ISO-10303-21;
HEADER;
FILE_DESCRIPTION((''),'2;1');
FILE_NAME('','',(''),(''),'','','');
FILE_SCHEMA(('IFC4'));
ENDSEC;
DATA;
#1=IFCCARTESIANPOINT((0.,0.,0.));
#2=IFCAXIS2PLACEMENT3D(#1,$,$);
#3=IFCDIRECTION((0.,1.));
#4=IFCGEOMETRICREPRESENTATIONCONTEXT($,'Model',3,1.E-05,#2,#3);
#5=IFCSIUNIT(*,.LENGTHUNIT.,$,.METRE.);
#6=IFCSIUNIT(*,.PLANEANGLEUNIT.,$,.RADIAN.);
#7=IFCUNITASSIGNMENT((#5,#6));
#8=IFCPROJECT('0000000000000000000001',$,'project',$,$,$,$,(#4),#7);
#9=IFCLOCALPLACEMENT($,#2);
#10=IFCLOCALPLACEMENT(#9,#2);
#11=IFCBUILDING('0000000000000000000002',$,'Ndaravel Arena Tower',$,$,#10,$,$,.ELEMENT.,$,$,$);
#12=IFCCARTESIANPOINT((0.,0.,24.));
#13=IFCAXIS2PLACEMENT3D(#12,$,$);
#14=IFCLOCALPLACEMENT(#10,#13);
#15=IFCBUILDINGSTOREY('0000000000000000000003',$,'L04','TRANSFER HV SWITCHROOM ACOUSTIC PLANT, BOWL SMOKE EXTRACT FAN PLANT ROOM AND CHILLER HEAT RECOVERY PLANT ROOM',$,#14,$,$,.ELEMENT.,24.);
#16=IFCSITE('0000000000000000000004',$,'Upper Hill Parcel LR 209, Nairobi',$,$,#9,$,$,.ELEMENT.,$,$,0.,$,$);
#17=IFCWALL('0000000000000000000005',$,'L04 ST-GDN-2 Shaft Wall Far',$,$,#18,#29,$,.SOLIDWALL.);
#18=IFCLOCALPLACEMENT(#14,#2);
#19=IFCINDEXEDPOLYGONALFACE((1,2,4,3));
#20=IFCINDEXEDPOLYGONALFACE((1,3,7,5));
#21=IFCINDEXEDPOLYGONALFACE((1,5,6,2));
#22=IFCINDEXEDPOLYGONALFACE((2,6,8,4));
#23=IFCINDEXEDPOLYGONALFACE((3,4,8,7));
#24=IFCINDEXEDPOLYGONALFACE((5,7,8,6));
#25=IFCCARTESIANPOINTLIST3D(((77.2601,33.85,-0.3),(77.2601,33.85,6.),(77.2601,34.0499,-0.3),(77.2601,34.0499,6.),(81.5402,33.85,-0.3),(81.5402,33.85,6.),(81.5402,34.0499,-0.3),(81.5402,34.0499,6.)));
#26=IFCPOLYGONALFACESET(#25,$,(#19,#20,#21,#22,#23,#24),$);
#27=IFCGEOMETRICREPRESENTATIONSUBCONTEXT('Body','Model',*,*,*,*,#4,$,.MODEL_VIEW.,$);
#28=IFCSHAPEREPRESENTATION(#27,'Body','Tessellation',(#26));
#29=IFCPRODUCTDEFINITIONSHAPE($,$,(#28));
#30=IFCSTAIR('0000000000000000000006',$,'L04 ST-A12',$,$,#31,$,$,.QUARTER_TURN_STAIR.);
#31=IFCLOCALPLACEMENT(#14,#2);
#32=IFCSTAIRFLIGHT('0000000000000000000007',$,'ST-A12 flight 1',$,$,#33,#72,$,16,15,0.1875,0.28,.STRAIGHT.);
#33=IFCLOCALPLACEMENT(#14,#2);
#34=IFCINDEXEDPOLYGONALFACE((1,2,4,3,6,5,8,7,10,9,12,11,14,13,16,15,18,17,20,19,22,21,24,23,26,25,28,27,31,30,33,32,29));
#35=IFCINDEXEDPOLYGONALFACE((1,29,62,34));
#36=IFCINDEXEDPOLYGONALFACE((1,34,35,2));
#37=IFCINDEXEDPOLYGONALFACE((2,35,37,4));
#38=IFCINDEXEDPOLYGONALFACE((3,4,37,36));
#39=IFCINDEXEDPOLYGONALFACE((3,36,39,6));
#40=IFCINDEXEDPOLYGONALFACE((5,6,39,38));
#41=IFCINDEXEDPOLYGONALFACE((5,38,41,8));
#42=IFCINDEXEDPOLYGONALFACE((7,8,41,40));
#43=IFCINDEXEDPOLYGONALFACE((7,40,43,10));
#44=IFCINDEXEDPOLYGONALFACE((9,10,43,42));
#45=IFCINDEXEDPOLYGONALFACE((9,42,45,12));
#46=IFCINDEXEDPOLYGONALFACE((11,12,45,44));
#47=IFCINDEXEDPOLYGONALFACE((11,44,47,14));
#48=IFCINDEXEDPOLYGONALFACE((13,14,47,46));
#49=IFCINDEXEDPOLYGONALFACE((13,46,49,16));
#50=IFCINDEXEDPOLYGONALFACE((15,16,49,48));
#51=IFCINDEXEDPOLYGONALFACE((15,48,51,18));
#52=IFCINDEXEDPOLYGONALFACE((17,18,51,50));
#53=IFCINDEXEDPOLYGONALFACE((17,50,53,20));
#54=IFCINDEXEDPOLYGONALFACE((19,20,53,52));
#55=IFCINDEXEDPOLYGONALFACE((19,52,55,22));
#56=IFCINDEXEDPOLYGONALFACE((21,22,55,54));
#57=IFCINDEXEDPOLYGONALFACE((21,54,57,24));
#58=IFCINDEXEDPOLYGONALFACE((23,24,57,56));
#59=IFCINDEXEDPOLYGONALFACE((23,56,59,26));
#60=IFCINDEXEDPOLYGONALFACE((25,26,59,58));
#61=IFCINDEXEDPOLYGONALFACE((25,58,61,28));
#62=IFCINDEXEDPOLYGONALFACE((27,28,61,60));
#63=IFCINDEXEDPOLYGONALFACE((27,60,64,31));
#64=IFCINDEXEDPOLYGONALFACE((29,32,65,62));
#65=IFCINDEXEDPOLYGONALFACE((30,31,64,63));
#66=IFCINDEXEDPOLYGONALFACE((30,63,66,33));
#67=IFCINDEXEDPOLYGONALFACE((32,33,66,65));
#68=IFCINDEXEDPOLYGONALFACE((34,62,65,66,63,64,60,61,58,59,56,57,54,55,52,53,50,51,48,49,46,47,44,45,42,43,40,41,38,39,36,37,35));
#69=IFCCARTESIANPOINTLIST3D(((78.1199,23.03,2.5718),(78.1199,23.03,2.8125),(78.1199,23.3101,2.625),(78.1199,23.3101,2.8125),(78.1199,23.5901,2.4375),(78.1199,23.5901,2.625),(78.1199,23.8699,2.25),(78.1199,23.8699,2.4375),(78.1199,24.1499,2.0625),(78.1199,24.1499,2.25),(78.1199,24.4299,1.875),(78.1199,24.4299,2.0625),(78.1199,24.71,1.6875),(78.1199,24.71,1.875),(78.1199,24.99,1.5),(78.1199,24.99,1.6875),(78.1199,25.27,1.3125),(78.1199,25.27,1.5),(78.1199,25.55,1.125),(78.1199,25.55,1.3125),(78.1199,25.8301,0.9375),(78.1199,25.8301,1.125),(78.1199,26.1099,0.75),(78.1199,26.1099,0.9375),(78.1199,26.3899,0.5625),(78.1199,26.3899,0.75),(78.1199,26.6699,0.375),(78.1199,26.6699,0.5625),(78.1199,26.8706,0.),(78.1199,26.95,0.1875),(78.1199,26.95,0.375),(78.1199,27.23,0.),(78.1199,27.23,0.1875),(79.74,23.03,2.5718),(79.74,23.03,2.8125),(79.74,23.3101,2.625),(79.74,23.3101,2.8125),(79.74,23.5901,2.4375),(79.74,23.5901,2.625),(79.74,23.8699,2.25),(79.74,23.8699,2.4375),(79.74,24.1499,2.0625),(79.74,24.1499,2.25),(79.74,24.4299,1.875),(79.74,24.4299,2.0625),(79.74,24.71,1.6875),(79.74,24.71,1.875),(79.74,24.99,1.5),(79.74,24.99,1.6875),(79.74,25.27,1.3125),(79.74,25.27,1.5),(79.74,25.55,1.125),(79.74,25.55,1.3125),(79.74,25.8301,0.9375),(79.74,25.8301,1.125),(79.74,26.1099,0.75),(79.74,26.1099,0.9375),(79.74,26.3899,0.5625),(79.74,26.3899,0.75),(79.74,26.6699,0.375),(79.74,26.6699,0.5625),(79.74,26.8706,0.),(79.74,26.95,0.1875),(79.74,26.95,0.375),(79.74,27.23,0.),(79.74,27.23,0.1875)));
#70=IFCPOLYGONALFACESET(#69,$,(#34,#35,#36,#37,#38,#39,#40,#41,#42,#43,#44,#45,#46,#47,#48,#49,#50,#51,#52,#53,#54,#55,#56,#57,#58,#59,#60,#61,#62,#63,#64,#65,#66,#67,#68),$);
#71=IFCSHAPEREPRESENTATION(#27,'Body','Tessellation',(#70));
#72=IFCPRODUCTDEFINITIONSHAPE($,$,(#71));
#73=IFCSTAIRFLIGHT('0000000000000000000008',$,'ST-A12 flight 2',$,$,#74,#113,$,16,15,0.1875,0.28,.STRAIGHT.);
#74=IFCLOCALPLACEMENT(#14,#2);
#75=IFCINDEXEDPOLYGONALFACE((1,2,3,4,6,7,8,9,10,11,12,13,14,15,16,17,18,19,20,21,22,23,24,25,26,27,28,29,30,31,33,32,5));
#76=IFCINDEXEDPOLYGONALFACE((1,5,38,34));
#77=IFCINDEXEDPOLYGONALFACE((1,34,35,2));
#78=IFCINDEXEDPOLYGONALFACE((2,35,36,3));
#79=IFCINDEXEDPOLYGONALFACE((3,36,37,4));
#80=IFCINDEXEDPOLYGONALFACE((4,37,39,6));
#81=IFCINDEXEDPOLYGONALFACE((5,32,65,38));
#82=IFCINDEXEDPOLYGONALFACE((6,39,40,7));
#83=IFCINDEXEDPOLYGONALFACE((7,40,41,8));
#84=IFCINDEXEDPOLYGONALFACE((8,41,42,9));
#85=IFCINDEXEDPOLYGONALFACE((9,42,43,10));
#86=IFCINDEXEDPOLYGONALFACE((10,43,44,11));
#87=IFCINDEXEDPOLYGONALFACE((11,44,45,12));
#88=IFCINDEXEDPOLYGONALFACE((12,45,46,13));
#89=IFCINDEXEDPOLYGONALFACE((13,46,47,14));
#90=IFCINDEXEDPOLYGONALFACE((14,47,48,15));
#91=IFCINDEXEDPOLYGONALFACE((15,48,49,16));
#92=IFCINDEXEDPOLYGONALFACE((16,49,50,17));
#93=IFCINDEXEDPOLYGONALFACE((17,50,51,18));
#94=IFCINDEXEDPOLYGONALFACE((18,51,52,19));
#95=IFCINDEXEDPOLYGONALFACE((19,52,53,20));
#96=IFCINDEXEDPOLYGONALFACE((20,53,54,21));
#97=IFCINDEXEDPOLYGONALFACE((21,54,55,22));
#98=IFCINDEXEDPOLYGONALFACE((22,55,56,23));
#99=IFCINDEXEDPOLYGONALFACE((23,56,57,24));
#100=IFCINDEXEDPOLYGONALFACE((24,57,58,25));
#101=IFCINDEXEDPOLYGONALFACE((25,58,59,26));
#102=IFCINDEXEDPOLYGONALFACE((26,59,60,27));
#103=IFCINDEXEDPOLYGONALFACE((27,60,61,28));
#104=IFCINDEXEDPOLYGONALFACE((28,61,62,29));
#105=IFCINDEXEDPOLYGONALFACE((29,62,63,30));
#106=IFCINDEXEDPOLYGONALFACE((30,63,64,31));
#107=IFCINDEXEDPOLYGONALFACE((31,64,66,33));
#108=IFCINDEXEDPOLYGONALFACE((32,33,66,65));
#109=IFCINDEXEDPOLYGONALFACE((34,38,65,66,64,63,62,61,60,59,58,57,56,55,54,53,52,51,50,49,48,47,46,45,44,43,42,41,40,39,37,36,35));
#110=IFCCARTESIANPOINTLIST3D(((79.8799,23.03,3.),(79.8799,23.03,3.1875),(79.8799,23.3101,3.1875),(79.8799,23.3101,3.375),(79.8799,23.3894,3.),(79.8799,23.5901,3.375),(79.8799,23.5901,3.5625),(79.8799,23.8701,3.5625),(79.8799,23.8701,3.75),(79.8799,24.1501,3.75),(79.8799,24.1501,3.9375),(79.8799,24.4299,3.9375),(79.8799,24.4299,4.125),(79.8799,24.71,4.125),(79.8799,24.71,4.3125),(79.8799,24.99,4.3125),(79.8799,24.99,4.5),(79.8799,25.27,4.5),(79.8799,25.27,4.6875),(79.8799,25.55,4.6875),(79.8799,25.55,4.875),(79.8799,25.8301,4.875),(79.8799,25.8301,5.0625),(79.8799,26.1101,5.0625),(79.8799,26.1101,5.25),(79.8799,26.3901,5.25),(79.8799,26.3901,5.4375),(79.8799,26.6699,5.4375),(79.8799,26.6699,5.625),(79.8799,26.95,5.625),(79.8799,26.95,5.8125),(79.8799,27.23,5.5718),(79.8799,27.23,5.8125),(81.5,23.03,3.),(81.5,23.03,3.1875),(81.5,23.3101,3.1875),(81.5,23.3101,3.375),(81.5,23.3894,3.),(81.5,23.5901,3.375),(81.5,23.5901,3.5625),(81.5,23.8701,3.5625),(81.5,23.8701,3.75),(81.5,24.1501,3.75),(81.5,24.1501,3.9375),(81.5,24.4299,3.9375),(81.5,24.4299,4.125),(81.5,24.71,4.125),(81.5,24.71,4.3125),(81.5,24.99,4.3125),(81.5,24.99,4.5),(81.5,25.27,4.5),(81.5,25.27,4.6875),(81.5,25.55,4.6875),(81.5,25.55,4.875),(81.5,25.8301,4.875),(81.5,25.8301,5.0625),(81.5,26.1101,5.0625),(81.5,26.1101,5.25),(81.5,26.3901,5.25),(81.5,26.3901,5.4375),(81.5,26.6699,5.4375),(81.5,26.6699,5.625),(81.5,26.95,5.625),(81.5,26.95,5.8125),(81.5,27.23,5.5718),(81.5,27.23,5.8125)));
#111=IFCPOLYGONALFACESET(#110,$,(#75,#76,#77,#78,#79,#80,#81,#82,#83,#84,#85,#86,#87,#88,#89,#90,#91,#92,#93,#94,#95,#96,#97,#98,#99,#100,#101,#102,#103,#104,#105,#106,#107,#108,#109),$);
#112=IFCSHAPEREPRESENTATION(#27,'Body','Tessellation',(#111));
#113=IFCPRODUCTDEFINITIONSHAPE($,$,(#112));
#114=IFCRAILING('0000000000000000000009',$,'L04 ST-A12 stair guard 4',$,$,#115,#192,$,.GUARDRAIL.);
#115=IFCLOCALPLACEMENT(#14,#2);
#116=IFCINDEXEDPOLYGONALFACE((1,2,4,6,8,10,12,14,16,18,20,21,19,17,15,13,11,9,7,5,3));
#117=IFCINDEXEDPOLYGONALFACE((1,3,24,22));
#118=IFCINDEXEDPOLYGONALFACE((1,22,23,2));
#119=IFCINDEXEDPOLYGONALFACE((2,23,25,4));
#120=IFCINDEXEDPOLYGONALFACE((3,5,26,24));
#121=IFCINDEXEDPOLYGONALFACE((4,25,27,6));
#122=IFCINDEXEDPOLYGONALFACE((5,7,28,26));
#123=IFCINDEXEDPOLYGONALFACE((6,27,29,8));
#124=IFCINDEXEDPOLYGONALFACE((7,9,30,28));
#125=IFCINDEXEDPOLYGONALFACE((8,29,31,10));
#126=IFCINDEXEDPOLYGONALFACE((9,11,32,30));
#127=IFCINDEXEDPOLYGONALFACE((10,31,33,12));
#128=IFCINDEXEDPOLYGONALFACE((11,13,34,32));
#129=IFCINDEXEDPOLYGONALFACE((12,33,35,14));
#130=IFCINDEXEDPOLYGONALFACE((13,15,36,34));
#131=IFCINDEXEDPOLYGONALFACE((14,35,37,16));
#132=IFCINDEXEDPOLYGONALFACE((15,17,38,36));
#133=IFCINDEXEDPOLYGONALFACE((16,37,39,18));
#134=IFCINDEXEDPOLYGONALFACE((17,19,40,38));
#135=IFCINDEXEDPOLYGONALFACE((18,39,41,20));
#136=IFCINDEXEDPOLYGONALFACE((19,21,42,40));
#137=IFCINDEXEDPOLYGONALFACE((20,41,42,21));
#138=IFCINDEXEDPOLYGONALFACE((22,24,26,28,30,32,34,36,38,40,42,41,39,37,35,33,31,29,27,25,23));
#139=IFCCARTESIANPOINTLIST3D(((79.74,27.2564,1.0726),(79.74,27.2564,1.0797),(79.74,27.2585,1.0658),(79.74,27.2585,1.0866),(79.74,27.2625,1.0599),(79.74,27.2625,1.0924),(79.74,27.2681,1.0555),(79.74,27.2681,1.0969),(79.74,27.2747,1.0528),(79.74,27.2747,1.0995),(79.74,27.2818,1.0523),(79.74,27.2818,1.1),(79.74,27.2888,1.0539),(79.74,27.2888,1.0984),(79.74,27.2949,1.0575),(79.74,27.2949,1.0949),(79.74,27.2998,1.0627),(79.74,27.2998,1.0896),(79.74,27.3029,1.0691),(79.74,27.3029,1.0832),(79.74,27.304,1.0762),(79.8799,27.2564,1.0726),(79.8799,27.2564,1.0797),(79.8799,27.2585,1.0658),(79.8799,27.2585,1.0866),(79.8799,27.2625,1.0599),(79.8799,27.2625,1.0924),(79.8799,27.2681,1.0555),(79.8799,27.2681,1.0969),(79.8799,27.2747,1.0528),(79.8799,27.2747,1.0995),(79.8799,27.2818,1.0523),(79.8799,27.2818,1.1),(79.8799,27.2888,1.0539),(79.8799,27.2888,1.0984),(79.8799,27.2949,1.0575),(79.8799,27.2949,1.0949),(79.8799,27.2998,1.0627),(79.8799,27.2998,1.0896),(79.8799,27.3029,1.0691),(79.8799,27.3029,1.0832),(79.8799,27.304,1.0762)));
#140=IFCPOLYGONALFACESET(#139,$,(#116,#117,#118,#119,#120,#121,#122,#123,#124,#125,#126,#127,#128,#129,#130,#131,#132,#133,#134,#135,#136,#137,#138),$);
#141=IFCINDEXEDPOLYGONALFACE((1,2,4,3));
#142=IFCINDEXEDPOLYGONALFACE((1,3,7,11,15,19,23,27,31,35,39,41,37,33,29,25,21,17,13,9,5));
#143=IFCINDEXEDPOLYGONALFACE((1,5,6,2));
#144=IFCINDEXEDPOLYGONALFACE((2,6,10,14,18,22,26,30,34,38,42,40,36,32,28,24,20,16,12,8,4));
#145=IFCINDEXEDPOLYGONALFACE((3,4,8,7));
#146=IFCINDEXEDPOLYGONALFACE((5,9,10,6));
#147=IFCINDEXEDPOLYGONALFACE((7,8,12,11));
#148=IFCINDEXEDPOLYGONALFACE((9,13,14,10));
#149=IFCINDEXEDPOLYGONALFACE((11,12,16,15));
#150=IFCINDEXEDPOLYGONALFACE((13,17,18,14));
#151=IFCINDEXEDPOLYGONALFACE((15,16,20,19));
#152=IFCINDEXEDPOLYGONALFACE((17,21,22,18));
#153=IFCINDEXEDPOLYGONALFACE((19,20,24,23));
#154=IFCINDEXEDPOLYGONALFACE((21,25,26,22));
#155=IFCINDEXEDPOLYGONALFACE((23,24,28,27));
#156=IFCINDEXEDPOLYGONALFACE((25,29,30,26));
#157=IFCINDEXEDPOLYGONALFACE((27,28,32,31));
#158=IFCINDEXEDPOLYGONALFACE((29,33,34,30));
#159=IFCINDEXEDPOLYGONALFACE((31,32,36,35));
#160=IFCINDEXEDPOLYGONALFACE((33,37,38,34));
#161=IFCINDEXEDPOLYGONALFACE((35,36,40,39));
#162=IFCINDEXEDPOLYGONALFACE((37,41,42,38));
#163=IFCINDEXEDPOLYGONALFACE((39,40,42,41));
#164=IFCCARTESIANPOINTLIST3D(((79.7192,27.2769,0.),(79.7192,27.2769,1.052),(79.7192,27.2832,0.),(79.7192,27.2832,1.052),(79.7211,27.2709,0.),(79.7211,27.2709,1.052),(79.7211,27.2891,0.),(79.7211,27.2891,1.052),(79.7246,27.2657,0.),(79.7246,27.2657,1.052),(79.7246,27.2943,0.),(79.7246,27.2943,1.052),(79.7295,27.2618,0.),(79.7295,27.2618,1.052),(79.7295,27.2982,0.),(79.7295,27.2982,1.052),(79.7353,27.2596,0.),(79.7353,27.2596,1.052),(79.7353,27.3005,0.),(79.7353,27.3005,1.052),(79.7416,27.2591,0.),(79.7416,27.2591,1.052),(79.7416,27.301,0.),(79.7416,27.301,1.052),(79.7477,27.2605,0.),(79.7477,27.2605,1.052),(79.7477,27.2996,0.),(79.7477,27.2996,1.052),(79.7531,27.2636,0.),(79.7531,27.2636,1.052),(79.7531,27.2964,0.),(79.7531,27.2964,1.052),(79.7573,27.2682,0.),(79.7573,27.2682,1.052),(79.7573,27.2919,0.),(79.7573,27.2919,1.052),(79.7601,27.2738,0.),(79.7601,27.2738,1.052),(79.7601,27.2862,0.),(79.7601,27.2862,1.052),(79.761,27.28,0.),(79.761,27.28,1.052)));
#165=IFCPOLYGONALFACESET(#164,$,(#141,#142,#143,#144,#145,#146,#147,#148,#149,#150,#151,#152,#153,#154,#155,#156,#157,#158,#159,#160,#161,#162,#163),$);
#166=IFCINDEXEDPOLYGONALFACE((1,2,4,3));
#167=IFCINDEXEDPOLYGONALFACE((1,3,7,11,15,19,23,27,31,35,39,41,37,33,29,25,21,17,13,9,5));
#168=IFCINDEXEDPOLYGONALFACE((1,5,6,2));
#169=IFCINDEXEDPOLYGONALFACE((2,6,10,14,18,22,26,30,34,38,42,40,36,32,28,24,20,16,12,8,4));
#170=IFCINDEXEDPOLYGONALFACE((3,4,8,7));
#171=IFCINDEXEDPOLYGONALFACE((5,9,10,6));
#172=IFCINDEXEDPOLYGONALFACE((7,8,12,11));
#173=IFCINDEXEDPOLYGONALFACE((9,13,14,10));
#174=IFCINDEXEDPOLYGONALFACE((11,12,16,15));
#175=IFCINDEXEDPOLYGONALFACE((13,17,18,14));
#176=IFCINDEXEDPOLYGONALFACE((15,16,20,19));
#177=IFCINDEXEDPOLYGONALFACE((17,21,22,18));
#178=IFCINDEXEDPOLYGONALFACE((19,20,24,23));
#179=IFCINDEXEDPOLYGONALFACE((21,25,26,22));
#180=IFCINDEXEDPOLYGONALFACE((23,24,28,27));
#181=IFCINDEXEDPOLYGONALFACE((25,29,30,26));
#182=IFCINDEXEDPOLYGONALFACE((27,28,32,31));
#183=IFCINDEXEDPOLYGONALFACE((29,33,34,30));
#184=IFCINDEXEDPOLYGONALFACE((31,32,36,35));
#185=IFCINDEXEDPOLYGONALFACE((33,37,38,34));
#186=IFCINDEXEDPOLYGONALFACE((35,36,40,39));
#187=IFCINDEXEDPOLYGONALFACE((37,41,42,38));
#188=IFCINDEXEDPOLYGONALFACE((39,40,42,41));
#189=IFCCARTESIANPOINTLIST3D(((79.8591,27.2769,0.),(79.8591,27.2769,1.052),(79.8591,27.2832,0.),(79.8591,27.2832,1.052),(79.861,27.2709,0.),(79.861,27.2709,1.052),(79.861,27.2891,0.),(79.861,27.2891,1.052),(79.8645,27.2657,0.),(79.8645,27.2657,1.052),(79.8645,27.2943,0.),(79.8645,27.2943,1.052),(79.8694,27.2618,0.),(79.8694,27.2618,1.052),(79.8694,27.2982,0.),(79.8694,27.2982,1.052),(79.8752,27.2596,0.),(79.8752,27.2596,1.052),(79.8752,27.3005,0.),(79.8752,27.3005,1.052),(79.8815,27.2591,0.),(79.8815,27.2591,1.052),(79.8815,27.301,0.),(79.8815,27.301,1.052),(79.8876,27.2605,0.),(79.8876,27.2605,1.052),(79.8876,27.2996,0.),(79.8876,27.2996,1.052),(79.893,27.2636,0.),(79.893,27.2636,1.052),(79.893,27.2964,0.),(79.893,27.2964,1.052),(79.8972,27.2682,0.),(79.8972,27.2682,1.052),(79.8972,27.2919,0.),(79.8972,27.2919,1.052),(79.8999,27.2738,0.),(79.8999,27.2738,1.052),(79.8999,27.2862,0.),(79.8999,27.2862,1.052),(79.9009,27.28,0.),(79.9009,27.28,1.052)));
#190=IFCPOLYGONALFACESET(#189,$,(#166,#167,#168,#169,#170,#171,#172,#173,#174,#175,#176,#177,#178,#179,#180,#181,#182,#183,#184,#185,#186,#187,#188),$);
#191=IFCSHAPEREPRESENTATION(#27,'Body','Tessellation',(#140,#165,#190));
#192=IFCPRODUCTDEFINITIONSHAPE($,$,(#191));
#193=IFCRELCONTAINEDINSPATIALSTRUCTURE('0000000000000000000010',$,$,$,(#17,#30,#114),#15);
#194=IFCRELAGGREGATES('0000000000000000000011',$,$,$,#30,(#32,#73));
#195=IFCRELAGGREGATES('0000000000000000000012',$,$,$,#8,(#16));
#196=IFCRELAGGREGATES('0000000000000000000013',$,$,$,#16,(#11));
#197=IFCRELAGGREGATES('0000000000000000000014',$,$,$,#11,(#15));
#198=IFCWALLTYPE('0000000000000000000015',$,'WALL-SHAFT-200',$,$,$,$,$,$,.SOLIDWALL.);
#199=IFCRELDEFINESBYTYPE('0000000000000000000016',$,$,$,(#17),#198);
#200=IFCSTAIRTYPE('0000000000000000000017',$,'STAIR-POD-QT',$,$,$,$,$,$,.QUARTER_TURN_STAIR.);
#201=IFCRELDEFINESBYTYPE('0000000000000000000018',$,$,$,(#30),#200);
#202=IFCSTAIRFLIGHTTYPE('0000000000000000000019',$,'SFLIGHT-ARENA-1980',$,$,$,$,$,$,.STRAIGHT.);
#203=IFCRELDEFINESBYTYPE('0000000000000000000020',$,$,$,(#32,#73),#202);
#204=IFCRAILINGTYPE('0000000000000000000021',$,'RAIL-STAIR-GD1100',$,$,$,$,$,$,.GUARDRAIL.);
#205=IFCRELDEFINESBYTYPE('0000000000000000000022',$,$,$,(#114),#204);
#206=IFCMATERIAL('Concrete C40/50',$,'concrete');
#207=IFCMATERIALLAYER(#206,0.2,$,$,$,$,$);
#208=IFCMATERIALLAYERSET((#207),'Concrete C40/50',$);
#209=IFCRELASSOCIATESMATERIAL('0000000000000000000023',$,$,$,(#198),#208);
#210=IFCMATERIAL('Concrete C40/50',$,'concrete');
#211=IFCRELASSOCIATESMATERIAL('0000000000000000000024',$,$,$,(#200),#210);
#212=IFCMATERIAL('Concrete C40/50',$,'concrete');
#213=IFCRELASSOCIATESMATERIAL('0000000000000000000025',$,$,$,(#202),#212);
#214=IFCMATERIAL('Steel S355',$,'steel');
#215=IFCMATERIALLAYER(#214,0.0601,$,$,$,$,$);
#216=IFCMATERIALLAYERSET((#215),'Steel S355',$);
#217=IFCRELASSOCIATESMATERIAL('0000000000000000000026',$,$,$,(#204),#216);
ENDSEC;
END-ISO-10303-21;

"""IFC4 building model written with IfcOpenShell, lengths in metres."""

from ifc_helpers import new_model, si_unit, direction, frame, frame_2d, origin, origin_2d, place, context, subcontext, project, spatial, polyline, rectangle, circle, outline, extrude, material, layer, layer_set, type_object, element, aggregate, save


model = new_model("IFC4")

# Units and contexts
model_context = context("Model", 3, precision=1e-05, world=origin(), true_north=direction((0.0, 1.0)))
body_context = subcontext(model_context, "Body", "Model", "MODEL_VIEW")
ifc_project = project(units=[si_unit("LENGTHUNIT", "METRE"), si_unit("PLANEANGLEUNIT", "RADIAN")], contexts=[model_context])

# Site, building, storey
site_placement = place(None, origin())
site = spatial("IfcSite", under=ifc_project, at=site_placement, Name="Upper Hill Parcel LR 209, Nairobi", CompositionType="ELEMENT", RefElevation=0.0)
building_placement = place(site_placement, origin())
building = spatial("IfcBuilding", under=site, at=building_placement, Name="Ndaravel Arena Tower", CompositionType="ELEMENT")
storey_placement = place(building_placement, frame((0.0, 0.0, 24.0)))
storey = spatial("IfcBuildingStorey", under=building, at=storey_placement, Name="L04", Description="TRANSFER HV SWITCHROOM ACOUSTIC PLANT, BOWL SMOKE EXTRACT FAN PLANT ROOM AND CHILLER HEAT RECOVERY PLANT ROOM", CompositionType="ELEMENT", Elevation=24.0)

# Wall
ifc_material_1 = material(Name="Concrete C40/50", Category="concrete")
ifc_layer_1 = layer(ifc_material_1, 0.2)
ifc_layer_set_1 = layer_set([ifc_layer_1], Name="Concrete C40/50")
wall_type_1 = type_object("IfcWallType", Name="WALL-SHAFT-200", PredefinedType="SOLIDWALL", material=ifc_layer_set_1)
wall_1_placement = place(storey_placement, frame((77.26, 33.95, -0.3), z_axis=(0.0, 0.0, 1.0), x_axis=(1.0, 0.0, 0.0)))
element("IfcWall", 1, at=wall_1_placement, inside=storey, type_object=wall_type_1, Name="L04 ST-GDN-2 Shaft Wall Far", PredefinedType="SOLIDWALL", context=body_context, shape_type="SweptSolid", body=[
    extrude(rectangle(XDim=4.28, YDim=0.2, at=frame_2d((2.1401, 0.0))), origin(), (0.0, 0.0, 1.0), 6.3),
])

# Stair, stair flights
ifc_material_2 = material(Name="Concrete C40/50", Category="concrete")
stair_type = type_object("IfcStairType", Name="STAIR-POD-QT", PredefinedType="QUARTER_TURN_STAIR", material=ifc_material_2)
stair_placement = place(storey_placement, origin())
stair = element("IfcStair", 2, at=stair_placement, inside=storey, type_object=stair_type, Name="L04 ST-A12", PredefinedType="QUARTER_TURN_STAIR")
ifc_material_3 = material(Name="Concrete C40/50", Category="concrete")
stair_flight_type = type_object("IfcStairFlightType", Name="SFLIGHT-ARENA-1980", PredefinedType="STRAIGHT", material=ifc_material_3)
stair_flight_1_placement = place(storey_placement, frame((78.9299, 27.23, 0.0), z_axis=(0.0, 0.0, 1.0), x_axis=(0.0, -1.0, 0.0)))
stair_flight_1 = element("IfcStairFlight", 3, at=stair_flight_1_placement, type_object=stair_flight_type, Name="ST-A12 flight 1", NumberOfRisers=16, NumberOfTreads=15, PredefinedType="STRAIGHT", RiserHeight=0.1875, TreadLength=0.28, context=body_context, shape_type="SweptSolid", body=[
    extrude(outline(polyline([(0.0, 0.0), (0.0, 0.1875), (0.28, 0.1875), (0.28, 0.375), (0.5601, 0.375), (0.5601, 0.5625), (0.8401, 0.5625), (0.8401, 0.75), (1.1201, 0.75), (1.1201, 0.9375), (1.3999, 0.9375), (1.3999, 1.125), (1.6799, 1.125), (1.6799, 1.3125), (1.96, 1.3125), (1.96, 1.5), (2.24, 1.5), (2.24, 1.6875), (2.52, 1.6875), (2.52, 1.875), (2.8, 1.875), (2.8, 2.0625), (3.0801, 2.0625), (3.0801, 2.25), (3.3601, 2.25), (3.3601, 2.4375), (3.6399, 2.4375), (3.6399, 2.625), (3.9199, 2.625), (3.9199, 2.8125), (4.2, 2.8125), (4.2, 3.0), (4.2, 2.5718), (0.3594, 0.0), (0.0, 0.0)])), frame((0.0, 0.8101, 0.0), z_axis=(0.0, -1.0, 0.0), x_axis=(1.0, 0.0, 0.0)), (0.0, 0.0, 1.0), 1.6201),
])
stair_flight_2_placement = place(storey_placement, frame((80.6899, 23.03, 3.0), z_axis=(0.0, 0.0, 1.0), x_axis=(0.0, 1.0, 0.0)))
stair_flight_2 = element("IfcStairFlight", 4, at=stair_flight_2_placement, type_object=stair_flight_type, Name="ST-A12 flight 2", NumberOfRisers=16, NumberOfTreads=15, PredefinedType="STRAIGHT", RiserHeight=0.1875, TreadLength=0.28, context=body_context, shape_type="SweptSolid", body=[
    extrude(outline(polyline([(0.0, 0.0), (0.0, 0.1875), (0.28, 0.1875), (0.28, 0.375), (0.5601, 0.375), (0.5601, 0.5625), (0.8401, 0.5625), (0.8401, 0.75), (1.1201, 0.75), (1.1201, 0.9375), (1.3999, 0.9375), (1.3999, 1.125), (1.6799, 1.125), (1.6799, 1.3125), (1.96, 1.3125), (1.96, 1.5), (2.24, 1.5), (2.24, 1.6875), (2.52, 1.6875), (2.52, 1.875), (2.8, 1.875), (2.8, 2.0625), (3.0801, 2.0625), (3.0801, 2.25), (3.3601, 2.25), (3.3601, 2.4375), (3.6399, 2.4375), (3.6399, 2.625), (3.9199, 2.625), (3.9199, 2.8125), (4.2, 2.8125), (4.2, 3.0), (4.2, 2.5718), (0.3594, 0.0), (0.0, 0.0)])), frame((0.0, 0.8101, 0.0), z_axis=(0.0, -1.0, 0.0), x_axis=(1.0, 0.0, 0.0)), (0.0, 0.0, 1.0), 1.6201),
])
aggregate(stair, [stair_flight_1, stair_flight_2])

# Railing
ifc_material_4 = material(Name="Steel S355", Category="steel")
ifc_layer_2 = layer(ifc_material_4, 0.0601)
ifc_layer_set_2 = layer_set([ifc_layer_2], Name="Steel S355")
railing_type_1 = type_object("IfcRailingType", Name="RAIL-STAIR-GD1100", PredefinedType="GUARDRAIL", material=ifc_layer_set_2)
railing_1_placement = place(storey_placement, frame((79.74, 27.28, 0.0)))
element("IfcRailing", 5, at=railing_1_placement, inside=storey, type_object=railing_type_1, Name="L04 ST-A12 stair guard 4", PredefinedType="GUARDRAIL", context=body_context, shape_type="SweptSolid", body=[
    extrude(circle(Radius=0.0239, at=origin_2d()), frame((0.0, 0.0, 1.0762), z_axis=(1.0, 0.0, 0.0), x_axis=(0.0, 1.0, 0.0)), (0.0, 0.0, 1.0), 0.1399),
    extrude(circle(Radius=0.021, at=origin_2d()), origin(), (0.0, 0.0, 1.0), 1.052),
    extrude(circle(Radius=0.021, at=origin_2d()), frame((0.1399, 0.0, 0.0)), (0.0, 0.0, 1.0), 1.052),
])

save(model, "model.ifc")
